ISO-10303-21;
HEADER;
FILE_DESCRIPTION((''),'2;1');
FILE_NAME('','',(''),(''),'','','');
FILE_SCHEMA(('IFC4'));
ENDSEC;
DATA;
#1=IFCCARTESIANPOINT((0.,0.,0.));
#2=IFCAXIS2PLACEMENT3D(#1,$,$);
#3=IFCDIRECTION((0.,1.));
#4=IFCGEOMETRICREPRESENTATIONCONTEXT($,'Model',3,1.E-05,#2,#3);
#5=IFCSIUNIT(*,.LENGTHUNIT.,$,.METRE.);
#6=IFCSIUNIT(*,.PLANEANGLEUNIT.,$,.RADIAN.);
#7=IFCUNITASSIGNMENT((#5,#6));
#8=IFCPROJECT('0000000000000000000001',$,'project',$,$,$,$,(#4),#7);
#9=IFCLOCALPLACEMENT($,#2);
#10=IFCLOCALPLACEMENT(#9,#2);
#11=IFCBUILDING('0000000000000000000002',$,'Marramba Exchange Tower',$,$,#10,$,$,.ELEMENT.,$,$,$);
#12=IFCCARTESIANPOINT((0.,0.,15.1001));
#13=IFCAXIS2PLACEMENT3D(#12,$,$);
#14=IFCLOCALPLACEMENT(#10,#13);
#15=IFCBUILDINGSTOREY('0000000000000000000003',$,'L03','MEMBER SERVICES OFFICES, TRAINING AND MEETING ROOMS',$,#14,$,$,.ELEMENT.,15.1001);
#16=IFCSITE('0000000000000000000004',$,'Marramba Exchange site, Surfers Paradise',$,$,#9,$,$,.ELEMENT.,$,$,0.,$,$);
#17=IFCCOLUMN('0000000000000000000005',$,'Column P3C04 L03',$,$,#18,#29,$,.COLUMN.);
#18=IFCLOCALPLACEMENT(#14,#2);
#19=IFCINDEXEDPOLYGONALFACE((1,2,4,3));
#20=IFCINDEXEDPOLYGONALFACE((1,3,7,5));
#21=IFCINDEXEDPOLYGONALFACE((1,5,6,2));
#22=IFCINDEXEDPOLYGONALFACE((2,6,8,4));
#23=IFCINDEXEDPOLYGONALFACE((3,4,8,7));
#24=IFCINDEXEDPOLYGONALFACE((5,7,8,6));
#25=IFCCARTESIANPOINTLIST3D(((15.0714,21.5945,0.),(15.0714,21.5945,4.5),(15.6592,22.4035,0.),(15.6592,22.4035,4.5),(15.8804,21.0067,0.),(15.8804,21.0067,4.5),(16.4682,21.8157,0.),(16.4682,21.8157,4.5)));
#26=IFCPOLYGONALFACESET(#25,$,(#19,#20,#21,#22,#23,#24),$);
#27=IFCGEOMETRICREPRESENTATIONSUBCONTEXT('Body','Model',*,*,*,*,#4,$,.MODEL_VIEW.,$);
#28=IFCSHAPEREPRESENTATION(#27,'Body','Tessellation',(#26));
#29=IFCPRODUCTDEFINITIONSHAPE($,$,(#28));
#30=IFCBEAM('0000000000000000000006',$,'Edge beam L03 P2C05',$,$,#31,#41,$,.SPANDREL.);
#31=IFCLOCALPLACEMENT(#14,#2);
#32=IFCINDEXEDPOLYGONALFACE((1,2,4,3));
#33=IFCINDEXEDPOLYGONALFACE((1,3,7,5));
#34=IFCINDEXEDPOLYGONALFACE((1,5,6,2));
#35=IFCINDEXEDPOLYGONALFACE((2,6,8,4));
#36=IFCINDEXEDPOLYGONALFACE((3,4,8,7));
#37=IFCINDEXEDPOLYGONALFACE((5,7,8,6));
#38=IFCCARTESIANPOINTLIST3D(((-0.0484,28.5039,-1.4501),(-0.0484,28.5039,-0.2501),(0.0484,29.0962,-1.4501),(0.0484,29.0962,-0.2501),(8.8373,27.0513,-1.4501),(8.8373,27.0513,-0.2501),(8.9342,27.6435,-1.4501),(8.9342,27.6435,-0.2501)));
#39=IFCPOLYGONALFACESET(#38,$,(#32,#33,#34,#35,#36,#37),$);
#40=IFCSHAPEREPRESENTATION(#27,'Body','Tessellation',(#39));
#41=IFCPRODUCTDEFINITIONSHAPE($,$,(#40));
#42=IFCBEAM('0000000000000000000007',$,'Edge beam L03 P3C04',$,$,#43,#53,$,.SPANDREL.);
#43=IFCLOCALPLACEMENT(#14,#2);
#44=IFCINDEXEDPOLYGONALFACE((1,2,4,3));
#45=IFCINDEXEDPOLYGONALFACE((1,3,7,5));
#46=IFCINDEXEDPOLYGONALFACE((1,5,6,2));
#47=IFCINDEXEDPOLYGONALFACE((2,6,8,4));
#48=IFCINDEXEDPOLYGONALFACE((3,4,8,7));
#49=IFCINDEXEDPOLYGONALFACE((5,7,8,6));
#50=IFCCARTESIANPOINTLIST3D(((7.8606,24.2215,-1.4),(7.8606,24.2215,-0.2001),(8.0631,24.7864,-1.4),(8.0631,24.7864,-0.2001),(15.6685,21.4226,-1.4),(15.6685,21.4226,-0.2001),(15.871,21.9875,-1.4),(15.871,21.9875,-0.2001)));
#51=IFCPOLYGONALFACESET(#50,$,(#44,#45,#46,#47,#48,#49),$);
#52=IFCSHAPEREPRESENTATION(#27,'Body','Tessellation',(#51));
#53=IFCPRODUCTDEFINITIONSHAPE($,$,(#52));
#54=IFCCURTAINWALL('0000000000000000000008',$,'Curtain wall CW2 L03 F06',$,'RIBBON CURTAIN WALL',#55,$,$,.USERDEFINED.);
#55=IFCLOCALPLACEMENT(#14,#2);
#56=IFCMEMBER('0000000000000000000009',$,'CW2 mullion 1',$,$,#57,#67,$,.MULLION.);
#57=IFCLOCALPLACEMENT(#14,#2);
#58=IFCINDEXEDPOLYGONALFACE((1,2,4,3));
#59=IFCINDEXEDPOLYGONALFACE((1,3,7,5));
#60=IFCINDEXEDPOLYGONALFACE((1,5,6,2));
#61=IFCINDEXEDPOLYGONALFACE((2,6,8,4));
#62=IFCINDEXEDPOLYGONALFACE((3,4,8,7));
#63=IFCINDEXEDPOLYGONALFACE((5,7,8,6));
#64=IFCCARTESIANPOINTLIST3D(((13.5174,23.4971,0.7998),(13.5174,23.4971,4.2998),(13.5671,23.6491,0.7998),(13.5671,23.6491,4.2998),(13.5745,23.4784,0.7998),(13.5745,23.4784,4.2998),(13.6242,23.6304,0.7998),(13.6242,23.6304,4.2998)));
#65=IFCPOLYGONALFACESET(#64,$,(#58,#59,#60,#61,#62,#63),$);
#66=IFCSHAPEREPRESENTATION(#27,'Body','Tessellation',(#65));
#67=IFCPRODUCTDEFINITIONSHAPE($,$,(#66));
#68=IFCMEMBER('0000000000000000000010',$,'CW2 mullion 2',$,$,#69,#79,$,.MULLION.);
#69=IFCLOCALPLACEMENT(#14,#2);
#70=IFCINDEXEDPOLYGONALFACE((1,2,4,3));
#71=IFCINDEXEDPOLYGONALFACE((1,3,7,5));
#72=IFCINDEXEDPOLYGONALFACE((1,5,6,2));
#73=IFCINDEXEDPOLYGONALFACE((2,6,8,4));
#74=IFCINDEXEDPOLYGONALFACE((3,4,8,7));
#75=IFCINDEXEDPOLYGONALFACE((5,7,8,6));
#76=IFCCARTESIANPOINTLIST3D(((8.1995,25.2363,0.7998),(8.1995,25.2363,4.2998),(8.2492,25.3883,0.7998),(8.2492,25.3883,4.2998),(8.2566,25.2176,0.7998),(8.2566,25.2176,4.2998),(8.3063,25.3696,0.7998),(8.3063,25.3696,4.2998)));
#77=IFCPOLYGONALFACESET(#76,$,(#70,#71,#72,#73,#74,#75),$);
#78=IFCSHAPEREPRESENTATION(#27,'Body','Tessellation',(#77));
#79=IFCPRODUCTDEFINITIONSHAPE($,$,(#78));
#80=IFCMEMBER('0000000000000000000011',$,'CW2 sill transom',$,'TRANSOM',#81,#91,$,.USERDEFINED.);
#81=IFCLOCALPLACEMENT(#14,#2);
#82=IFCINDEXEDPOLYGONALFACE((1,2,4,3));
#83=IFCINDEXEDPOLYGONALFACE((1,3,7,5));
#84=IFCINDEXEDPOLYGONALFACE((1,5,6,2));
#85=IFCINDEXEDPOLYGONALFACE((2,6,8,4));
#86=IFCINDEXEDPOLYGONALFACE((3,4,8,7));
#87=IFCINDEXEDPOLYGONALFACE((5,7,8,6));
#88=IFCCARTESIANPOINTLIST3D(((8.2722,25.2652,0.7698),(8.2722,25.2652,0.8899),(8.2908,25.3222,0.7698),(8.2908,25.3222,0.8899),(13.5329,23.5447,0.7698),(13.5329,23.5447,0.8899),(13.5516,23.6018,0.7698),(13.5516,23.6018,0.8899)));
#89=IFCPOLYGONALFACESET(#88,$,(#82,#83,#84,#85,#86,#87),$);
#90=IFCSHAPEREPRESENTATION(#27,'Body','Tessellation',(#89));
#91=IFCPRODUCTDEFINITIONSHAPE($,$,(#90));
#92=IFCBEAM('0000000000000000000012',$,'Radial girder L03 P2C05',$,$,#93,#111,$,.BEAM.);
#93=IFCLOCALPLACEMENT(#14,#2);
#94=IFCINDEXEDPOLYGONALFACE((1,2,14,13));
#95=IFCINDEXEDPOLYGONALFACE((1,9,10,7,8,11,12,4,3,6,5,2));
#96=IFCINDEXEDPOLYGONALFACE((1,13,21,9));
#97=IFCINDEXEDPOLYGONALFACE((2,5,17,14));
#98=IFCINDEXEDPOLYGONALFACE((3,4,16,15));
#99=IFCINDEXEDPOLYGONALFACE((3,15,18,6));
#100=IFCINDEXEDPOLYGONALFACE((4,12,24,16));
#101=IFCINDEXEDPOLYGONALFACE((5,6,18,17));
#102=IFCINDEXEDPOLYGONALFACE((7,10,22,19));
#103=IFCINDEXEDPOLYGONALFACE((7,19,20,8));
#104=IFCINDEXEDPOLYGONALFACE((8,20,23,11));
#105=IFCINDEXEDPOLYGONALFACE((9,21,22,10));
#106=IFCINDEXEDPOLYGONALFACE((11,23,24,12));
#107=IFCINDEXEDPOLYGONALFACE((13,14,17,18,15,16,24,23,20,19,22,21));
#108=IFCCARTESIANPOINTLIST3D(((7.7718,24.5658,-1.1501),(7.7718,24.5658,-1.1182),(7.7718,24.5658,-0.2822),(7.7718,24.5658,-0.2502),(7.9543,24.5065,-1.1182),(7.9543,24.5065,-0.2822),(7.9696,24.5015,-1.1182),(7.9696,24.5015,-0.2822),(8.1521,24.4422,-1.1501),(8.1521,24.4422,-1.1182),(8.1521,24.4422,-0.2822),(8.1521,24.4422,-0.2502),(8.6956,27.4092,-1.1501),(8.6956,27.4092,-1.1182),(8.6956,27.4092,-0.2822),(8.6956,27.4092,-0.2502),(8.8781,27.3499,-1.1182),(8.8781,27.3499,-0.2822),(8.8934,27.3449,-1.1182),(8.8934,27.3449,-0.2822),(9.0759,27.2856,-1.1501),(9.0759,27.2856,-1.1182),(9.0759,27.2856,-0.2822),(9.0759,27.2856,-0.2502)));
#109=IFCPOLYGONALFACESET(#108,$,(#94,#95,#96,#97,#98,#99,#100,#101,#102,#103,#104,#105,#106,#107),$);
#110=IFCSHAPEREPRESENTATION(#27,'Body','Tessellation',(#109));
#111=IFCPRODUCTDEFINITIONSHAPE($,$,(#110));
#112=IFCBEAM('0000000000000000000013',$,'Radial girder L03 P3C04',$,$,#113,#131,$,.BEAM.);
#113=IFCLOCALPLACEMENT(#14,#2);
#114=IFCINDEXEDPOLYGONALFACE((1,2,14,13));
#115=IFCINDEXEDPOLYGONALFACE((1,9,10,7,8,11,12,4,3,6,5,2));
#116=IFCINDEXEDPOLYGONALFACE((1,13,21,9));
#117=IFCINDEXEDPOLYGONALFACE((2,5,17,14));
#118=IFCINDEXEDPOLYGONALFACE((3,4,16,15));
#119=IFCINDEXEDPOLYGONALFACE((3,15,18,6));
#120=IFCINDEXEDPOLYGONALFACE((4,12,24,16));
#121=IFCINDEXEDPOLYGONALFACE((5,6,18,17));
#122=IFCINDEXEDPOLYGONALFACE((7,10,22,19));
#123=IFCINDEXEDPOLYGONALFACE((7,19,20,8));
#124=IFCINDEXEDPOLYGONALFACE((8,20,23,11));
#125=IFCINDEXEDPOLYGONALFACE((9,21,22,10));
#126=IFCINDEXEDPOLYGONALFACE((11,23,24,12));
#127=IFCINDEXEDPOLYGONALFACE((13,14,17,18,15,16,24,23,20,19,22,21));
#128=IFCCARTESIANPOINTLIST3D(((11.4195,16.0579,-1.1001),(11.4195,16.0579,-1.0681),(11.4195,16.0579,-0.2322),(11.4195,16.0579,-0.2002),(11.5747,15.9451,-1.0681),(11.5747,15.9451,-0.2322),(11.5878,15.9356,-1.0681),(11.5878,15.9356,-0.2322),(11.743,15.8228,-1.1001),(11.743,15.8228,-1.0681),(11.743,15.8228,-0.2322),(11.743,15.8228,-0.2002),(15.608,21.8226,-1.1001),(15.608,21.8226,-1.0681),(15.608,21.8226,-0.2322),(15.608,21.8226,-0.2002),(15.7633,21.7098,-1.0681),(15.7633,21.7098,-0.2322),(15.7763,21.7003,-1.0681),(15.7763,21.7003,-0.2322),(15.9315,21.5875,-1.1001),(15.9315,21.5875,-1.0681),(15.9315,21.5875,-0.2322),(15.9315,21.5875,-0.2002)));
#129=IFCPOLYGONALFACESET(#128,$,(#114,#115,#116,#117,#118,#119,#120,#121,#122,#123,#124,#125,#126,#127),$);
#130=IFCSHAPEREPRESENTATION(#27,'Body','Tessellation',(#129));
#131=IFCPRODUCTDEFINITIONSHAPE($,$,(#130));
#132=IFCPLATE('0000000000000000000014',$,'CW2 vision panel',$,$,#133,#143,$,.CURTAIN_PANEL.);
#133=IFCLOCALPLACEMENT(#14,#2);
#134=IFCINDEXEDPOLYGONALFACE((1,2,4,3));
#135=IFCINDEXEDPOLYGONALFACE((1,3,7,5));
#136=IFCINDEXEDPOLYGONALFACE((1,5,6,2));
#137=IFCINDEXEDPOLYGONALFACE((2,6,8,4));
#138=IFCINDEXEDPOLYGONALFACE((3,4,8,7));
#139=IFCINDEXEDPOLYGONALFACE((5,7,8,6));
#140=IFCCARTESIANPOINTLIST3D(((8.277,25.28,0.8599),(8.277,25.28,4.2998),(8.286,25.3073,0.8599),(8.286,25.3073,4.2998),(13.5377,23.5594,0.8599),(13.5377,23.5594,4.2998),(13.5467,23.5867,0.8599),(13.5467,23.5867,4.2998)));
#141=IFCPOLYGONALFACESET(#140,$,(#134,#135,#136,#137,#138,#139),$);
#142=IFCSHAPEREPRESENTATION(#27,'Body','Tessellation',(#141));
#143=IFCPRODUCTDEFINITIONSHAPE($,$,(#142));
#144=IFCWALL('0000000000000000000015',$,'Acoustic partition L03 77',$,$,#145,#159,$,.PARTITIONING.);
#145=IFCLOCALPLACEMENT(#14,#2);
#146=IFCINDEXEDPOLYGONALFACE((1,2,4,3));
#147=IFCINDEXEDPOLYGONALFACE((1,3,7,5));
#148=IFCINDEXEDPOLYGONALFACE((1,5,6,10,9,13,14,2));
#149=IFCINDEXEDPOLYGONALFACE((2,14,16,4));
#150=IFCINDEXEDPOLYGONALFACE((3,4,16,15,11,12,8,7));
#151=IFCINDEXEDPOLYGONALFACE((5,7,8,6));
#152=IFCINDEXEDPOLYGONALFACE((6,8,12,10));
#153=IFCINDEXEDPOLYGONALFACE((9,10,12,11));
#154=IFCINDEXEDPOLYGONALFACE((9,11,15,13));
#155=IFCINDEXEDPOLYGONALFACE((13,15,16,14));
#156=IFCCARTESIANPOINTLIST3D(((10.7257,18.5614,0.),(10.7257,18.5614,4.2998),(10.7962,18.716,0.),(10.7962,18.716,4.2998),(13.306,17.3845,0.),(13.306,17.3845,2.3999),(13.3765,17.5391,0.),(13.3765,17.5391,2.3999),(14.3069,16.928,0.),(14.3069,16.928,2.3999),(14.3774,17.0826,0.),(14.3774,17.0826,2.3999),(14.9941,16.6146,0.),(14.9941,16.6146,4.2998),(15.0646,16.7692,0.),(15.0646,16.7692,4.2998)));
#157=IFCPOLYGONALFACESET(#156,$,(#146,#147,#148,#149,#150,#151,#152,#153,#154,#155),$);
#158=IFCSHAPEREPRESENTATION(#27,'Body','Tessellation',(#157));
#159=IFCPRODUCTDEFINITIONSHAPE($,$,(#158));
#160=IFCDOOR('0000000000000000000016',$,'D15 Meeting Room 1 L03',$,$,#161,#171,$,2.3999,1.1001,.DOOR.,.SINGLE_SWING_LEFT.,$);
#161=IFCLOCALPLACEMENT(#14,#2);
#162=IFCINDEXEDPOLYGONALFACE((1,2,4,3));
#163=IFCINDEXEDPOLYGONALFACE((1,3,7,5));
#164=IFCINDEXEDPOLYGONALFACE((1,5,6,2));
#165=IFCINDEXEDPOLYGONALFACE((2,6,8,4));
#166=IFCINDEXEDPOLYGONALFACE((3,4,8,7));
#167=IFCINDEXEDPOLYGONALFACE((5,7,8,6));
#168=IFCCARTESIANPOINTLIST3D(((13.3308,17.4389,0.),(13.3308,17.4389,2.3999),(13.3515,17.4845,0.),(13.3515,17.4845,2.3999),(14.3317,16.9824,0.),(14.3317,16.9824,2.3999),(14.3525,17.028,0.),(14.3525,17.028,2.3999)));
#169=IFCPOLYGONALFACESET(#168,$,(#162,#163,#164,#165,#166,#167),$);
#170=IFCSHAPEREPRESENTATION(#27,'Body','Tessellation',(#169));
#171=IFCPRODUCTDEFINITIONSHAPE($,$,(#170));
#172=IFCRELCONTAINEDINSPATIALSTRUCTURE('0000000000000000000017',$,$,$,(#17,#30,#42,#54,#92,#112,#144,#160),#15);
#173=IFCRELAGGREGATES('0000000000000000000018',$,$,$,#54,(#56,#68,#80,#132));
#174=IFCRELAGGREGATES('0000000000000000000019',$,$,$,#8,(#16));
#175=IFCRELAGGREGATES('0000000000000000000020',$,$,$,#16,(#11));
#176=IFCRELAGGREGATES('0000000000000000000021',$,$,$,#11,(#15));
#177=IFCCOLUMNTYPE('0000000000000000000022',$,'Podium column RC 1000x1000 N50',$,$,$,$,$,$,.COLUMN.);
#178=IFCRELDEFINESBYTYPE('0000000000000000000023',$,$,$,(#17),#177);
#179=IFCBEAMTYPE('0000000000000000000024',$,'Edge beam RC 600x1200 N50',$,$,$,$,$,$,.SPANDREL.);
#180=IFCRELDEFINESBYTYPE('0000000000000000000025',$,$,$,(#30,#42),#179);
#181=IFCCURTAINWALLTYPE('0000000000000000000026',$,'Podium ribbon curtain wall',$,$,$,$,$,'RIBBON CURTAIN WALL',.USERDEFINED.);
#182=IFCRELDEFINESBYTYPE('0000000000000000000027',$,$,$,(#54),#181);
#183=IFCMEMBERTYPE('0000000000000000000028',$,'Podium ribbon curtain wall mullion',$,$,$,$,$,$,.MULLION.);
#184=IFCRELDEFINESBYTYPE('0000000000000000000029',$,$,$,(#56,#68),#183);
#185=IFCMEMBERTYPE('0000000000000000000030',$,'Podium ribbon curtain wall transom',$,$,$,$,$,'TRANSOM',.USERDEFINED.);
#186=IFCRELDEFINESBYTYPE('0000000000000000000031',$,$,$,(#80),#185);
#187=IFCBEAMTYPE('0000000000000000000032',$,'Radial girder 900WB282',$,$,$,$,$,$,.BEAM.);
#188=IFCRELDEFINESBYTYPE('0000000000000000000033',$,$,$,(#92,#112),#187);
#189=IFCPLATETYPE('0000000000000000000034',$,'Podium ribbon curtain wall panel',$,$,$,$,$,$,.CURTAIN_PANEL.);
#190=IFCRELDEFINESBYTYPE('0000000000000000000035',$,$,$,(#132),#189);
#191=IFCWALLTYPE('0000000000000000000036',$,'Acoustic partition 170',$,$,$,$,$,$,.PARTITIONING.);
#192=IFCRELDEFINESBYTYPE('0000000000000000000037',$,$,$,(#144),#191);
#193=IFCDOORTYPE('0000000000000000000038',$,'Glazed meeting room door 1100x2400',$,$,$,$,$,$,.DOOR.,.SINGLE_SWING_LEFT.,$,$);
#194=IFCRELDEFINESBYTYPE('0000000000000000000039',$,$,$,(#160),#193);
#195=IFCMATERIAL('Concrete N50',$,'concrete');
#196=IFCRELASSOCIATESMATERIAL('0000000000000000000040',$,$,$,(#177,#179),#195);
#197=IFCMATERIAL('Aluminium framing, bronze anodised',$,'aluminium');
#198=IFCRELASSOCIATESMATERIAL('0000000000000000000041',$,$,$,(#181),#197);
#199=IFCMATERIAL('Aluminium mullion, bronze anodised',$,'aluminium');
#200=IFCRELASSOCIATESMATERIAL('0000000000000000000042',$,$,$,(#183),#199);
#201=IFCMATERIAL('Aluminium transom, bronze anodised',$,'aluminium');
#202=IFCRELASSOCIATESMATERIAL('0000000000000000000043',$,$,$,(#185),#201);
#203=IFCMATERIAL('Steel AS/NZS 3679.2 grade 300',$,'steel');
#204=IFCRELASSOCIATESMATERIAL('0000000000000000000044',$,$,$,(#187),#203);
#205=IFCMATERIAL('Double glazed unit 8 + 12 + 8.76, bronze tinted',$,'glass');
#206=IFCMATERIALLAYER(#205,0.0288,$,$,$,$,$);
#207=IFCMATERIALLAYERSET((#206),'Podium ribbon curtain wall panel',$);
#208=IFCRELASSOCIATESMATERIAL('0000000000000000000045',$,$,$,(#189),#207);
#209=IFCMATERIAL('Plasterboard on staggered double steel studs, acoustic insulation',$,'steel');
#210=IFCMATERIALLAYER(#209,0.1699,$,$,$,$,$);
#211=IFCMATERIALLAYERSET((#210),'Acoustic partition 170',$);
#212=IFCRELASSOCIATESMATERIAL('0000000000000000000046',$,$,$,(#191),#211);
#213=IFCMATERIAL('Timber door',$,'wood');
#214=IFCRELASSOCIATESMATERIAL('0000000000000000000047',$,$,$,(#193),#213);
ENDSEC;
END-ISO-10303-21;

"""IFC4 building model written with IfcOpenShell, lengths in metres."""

from ifc_helpers import new_model, si_unit, direction, frame, frame_2d, origin, origin_2d, place, context, subcontext, project, spatial, rectangle, i_section, extrude, material, layer, layer_set, material_profile, profile_set, type_object, element, fill, aggregate, save


model = new_model("IFC4")

# Units and contexts
model_context = context("Model", 3, precision=1e-05, world=origin(), true_north=direction((0.0, 1.0)))
body_context = subcontext(model_context, "Body", "Model", "MODEL_VIEW")
ifc_project = project(units=[si_unit("LENGTHUNIT", "METRE"), si_unit("PLANEANGLEUNIT", "RADIAN")], contexts=[model_context])

# Site, building, storey
site_placement = place(None, origin())
site = spatial("IfcSite", under=ifc_project, at=site_placement, Name="Marramba Exchange site, Surfers Paradise", CompositionType="ELEMENT", RefElevation=0.0)
building_placement = place(site_placement, origin())
building = spatial("IfcBuilding", under=site, at=building_placement, Name="Marramba Exchange Tower", CompositionType="ELEMENT")
storey_placement = place(building_placement, frame((0.0, 0.0, 15.1001)))
storey = spatial("IfcBuildingStorey", under=building, at=storey_placement, Name="L03", Description="MEMBER SERVICES OFFICES, TRAINING AND MEETING ROOMS", CompositionType="ELEMENT", Elevation=15.1001)

# Column
ifc_material_1 = material(Name="Concrete N50", Category="concrete")
ifc_material_profile_1 = material_profile(ifc_material_1, rectangle(XDim=1.0, YDim=1.0, at=origin_2d()), Name="RC 1000x1000")
ifc_profile_set_1 = profile_set([ifc_material_profile_1], Name="Concrete N50")
column_type = type_object("IfcColumnType", Name="Podium column RC 1000x1000 N50", PredefinedType="COLUMN", material=ifc_profile_set_1)
column_placement = place(storey_placement, frame((15.7698, 21.7051, 0.0), z_axis=(0.0, 0.0, 1.0), x_axis=(0.587785, 0.809017, 0.0)))
element("IfcColumn", 1, at=column_placement, inside=storey, type_object=column_type, Name="Column P3C04 L03", PredefinedType="COLUMN", context=body_context, shape_type="SweptSolid", body=[
    extrude(rectangle(XDim=1.0, YDim=1.0, at=origin_2d()), origin(), (0.0, 0.0, 1.0), 4.5),
])

# Beams
ifc_material_profile_2 = material_profile(ifc_material_1, rectangle(XDim=0.6001, YDim=1.2, at=origin_2d()), Name="RC 600x1200")
ifc_profile_set_2 = profile_set([ifc_material_profile_2], Name="Concrete N50")
beam_type_1 = type_object("IfcBeamType", Name="Edge beam RC 600x1200 N50", PredefinedType="SPANDREL", material=ifc_profile_set_2)
beam_1_placement = place(storey_placement, frame((8.8857, 27.3474, -0.8501), z_axis=(-0.986899, 0.161338, 0.0), x_axis=(-0.161338, -0.986899, 0.0)))
element("IfcBeam", 2, at=beam_1_placement, inside=storey, type_object=beam_type_1, Name="Edge beam L03 P2C05", PredefinedType="SPANDREL", context=body_context, shape_type="SweptSolid", body=[
    extrude(rectangle(XDim=0.6001, YDim=1.2, at=origin_2d()), origin(), (0.0, 0.0, 1.0), 9.0037),
])
beam_2_placement = place(storey_placement, frame((15.7698, 21.7051, -0.8), z_axis=(-0.941348, 0.337438, 0.0), x_axis=(-0.337438, -0.941348, 0.0)))
element("IfcBeam", 3, at=beam_2_placement, inside=storey, type_object=beam_type_1, Name="Edge beam L03 P3C04", PredefinedType="SPANDREL", context=body_context, shape_type="SweptSolid", body=[
    extrude(rectangle(XDim=0.6001, YDim=1.2, at=origin_2d()), origin(), (0.0, 0.0, 1.0), 8.2944),
])

# Curtain wall, members
ifc_material_2 = material(Name="Aluminium framing, bronze anodised", Category="aluminium")
curtain_wall_type = type_object("IfcCurtainWallType", Name="Podium ribbon curtain wall", ElementType="RIBBON CURTAIN WALL", PredefinedType="USERDEFINED", material=ifc_material_2)
curtain_wall_placement = place(storey_placement, origin())
curtain_wall = element("IfcCurtainWall", 4, at=curtain_wall_placement, inside=storey, type_object=curtain_wall_type, Name="Curtain wall CW2 L03 F06", ObjectType="RIBBON CURTAIN WALL", PredefinedType="USERDEFINED")
ifc_material_3 = material(Name="Aluminium mullion, bronze anodised", Category="aluminium")
ifc_material_profile_3 = material_profile(ifc_material_3, rectangle(XDim=0.1599, YDim=0.0601, at=origin_2d()), Name="CW2 mullion 60x160")
ifc_profile_set_3 = profile_set([ifc_material_profile_3], Name="Aluminium mullion, bronze anodised")
member_type_1 = type_object("IfcMemberType", Name="Podium ribbon curtain wall mullion", PredefinedType="MULLION", material=ifc_profile_set_3)
member_1_placement = place(storey_placement, frame((13.5708, 23.5637, 0.7998), z_axis=(0.0, 0.0, 1.0), x_axis=(-0.310862, -0.950455, 0.0)))
member_1 = element("IfcMember", 5, at=member_1_placement, type_object=member_type_1, Name="CW2 mullion 1", PredefinedType="MULLION", context=body_context, shape_type="SweptSolid", body=[
    extrude(rectangle(XDim=0.1599, YDim=0.0601, at=origin_2d()), origin(), (0.0, 0.0, 1.0), 3.5),
])
member_2_placement = place(storey_placement, frame((8.2529, 25.303, 0.7998), z_axis=(0.0, 0.0, 1.0), x_axis=(-0.310862, -0.950455, 0.0)))
member_2 = element("IfcMember", 6, at=member_2_placement, type_object=member_type_1, Name="CW2 mullion 2", PredefinedType="MULLION", context=body_context, shape_type="SweptSolid", body=[
    extrude(rectangle(XDim=0.1599, YDim=0.0601, at=origin_2d()), origin(), (0.0, 0.0, 1.0), 3.5),
])
ifc_material_4 = material(Name="Aluminium transom, bronze anodised", Category="aluminium")
ifc_material_profile_4 = material_profile(ifc_material_4, rectangle(XDim=0.0601, YDim=0.1201, at=origin_2d()), Name="CW2 transom 60x120")
ifc_profile_set_4 = profile_set([ifc_material_profile_4], Name="Aluminium transom, bronze anodised")
member_type_2 = type_object("IfcMemberType", Name="Podium ribbon curtain wall transom", ElementType="TRANSOM", PredefinedType="USERDEFINED", material=ifc_profile_set_4)
member_3_placement = place(storey_placement, frame((13.5422, 23.5732, 0.8298), z_axis=(-0.950463, 0.310837, 0.0), x_axis=(-0.310837, -0.950463, 0.0)))
member_3 = element("IfcMember", 7, at=member_3_placement, type_object=member_type_2, Name="CW2 sill transom", ObjectType="TRANSOM", PredefinedType="USERDEFINED", context=body_context, shape_type="SweptSolid", body=[
    extrude(rectangle(XDim=0.0601, YDim=0.1201, at=origin_2d()), origin(), (0.0, 0.0, 1.0), 5.5349),
])

# Beams
ifc_material_5 = material(Name="Steel AS/NZS 3679.2 grade 300", Category="steel")
ifc_material_profile_5 = material_profile(ifc_material_5, i_section(OverallWidth=0.3999, OverallDepth=0.8999, WebThickness=0.0161, FlangeThickness=0.032, at=origin_2d()), Name="900WB282")
ifc_profile_set_5 = profile_set([ifc_material_profile_5], Name="Steel AS/NZS 3679.2 grade 300")
beam_type_2 = type_object("IfcBeamType", Name="Radial girder 900WB282", PredefinedType="BEAM", material=ifc_profile_set_5)
beam_3_placement = place(storey_placement, frame((8.8857, 27.3474, -0.7002), z_axis=(-0.308992, -0.951065, 0.0), x_axis=(0.951065, -0.308992, 0.0)))
element("IfcBeam", 8, at=beam_3_placement, inside=storey, type_object=beam_type_2, Name="Radial girder L03 P2C05", PredefinedType="BEAM", context=body_context, shape_type="SweptSolid", body=[
    extrude(i_section(OverallWidth=0.3999, OverallDepth=0.8999, WebThickness=0.0161, FlangeThickness=0.032, at=origin_2d()), origin(), (0.0, 0.0, 1.0), 2.9897),
])
beam_4_placement = place(storey_placement, frame((15.7698, 21.7051, -0.6501), z_axis=(-0.587805, -0.809003, 0.0), x_axis=(0.809003, -0.587805, 0.0)))
element("IfcBeam", 9, at=beam_4_placement, inside=storey, type_object=beam_type_2, Name="Radial girder L03 P3C04", PredefinedType="BEAM", context=body_context, shape_type="SweptSolid", body=[
    extrude(i_section(OverallWidth=0.3999, OverallDepth=0.8999, WebThickness=0.0161, FlangeThickness=0.032, at=origin_2d()), origin(), (0.0, 0.0, 1.0), 7.1257),
])

# Plate
ifc_material_6 = material(Name="Double glazed unit 8 + 12 + 8.76, bronze tinted", Category="glass")
ifc_layer_1 = layer(ifc_material_6, 0.0288)
ifc_layer_set_1 = layer_set([ifc_layer_1], Name="Podium ribbon curtain wall panel")
plate_type = type_object("IfcPlateType", Name="Podium ribbon curtain wall panel", PredefinedType="CURTAIN_PANEL", material=ifc_layer_set_1)
plate_placement = place(storey_placement, frame((10.9119, 24.4333, 0.8599), z_axis=(0.0, 0.0, 1.0), x_axis=(-0.950455, 0.310862, 0.0)))
plate = element("IfcPlate", 10, at=plate_placement, type_object=plate_type, Name="CW2 vision panel", PredefinedType="CURTAIN_PANEL", context=body_context, shape_type="SweptSolid", body=[
    extrude(rectangle(XDim=5.5349, YDim=0.0288, at=origin_2d()), origin(), (0.0, 0.0, 1.0), 3.4399),
])
aggregate(curtain_wall, [member_1, member_2, member_3, plate])

# Wall, opening, door
ifc_material_7 = material(Name="Plasterboard on staggered double steel studs, acoustic insulation", Category="steel")
ifc_layer_2 = layer(ifc_material_7, 0.1699)
ifc_layer_set_2 = layer_set([ifc_layer_2], Name="Acoustic partition 170")
wall_type_1 = type_object("IfcWallType", Name="Acoustic partition 170", PredefinedType="PARTITIONING", material=ifc_layer_set_2)
wall_1_placement = place(storey_placement, frame((10.761, 18.6387, 0.0), z_axis=(0.0, 0.0, 1.0), x_axis=(0.909833, -0.414975, 0.0)))
wall_1 = element("IfcWall", 11, at=wall_1_placement, inside=storey, type_object=wall_type_1, Name="Acoustic partition L03 77", PredefinedType="PARTITIONING", context=body_context, shape_type="SweptSolid", body=[
    extrude(rectangle(XDim=4.6914, YDim=0.1699, at=frame_2d((2.3457, 0.0))), origin(), (0.0, 0.0, 1.0), 4.2998),
])
opening_1_placement = place(wall_1_placement, frame((2.8359, 0.0, 0.0)))
opening_1 = element("IfcOpeningElement", 12, at=opening_1_placement, cuts=wall_1, PredefinedType="OPENING", context=body_context, shape_type="SweptSolid", body=[
    extrude(rectangle(XDim=1.1001, YDim=2.3999, at=frame_2d((0.55, 1.2))), frame((0.0, 0.095, 0.0), z_axis=(0.0, -1.0, 0.0), x_axis=(1.0, 0.0, 0.0)), (0.0, 0.0, 1.0), 0.1899),
])
ifc_material_8 = material(Name="Timber door", Category="wood")
door_type_1 = type_object("IfcDoorType", Name="Glazed meeting room door 1100x2400", OperationType="SINGLE_SWING_LEFT", PredefinedType="DOOR", material=ifc_material_8)
door_1_placement = place(opening_1_placement, frame((1.1001, 0.0, 0.0), z_axis=(0.0, 0.0, 1.0), x_axis=(-1.0, 0.0, 0.0)))
door_1 = element("IfcDoor", 13, at=door_1_placement, inside=storey, type_object=door_type_1, Name="D15 Meeting Room 1 L03", OperationType="SINGLE_SWING_LEFT", OverallHeight=2.3999, OverallWidth=1.1001, PredefinedType="DOOR", context=body_context, shape_type="SweptSolid", body=[
    extrude(rectangle(XDim=1.1001, YDim=2.3999, at=frame_2d((0.55, 1.2))), frame((0.0, 0.0251, 0.0), z_axis=(0.0, -1.0, 0.0), x_axis=(1.0, 0.0, 0.0)), (0.0, 0.0, 1.0), 0.05),
])
fill(opening_1, door_1)

save(model, "model.ifc")
